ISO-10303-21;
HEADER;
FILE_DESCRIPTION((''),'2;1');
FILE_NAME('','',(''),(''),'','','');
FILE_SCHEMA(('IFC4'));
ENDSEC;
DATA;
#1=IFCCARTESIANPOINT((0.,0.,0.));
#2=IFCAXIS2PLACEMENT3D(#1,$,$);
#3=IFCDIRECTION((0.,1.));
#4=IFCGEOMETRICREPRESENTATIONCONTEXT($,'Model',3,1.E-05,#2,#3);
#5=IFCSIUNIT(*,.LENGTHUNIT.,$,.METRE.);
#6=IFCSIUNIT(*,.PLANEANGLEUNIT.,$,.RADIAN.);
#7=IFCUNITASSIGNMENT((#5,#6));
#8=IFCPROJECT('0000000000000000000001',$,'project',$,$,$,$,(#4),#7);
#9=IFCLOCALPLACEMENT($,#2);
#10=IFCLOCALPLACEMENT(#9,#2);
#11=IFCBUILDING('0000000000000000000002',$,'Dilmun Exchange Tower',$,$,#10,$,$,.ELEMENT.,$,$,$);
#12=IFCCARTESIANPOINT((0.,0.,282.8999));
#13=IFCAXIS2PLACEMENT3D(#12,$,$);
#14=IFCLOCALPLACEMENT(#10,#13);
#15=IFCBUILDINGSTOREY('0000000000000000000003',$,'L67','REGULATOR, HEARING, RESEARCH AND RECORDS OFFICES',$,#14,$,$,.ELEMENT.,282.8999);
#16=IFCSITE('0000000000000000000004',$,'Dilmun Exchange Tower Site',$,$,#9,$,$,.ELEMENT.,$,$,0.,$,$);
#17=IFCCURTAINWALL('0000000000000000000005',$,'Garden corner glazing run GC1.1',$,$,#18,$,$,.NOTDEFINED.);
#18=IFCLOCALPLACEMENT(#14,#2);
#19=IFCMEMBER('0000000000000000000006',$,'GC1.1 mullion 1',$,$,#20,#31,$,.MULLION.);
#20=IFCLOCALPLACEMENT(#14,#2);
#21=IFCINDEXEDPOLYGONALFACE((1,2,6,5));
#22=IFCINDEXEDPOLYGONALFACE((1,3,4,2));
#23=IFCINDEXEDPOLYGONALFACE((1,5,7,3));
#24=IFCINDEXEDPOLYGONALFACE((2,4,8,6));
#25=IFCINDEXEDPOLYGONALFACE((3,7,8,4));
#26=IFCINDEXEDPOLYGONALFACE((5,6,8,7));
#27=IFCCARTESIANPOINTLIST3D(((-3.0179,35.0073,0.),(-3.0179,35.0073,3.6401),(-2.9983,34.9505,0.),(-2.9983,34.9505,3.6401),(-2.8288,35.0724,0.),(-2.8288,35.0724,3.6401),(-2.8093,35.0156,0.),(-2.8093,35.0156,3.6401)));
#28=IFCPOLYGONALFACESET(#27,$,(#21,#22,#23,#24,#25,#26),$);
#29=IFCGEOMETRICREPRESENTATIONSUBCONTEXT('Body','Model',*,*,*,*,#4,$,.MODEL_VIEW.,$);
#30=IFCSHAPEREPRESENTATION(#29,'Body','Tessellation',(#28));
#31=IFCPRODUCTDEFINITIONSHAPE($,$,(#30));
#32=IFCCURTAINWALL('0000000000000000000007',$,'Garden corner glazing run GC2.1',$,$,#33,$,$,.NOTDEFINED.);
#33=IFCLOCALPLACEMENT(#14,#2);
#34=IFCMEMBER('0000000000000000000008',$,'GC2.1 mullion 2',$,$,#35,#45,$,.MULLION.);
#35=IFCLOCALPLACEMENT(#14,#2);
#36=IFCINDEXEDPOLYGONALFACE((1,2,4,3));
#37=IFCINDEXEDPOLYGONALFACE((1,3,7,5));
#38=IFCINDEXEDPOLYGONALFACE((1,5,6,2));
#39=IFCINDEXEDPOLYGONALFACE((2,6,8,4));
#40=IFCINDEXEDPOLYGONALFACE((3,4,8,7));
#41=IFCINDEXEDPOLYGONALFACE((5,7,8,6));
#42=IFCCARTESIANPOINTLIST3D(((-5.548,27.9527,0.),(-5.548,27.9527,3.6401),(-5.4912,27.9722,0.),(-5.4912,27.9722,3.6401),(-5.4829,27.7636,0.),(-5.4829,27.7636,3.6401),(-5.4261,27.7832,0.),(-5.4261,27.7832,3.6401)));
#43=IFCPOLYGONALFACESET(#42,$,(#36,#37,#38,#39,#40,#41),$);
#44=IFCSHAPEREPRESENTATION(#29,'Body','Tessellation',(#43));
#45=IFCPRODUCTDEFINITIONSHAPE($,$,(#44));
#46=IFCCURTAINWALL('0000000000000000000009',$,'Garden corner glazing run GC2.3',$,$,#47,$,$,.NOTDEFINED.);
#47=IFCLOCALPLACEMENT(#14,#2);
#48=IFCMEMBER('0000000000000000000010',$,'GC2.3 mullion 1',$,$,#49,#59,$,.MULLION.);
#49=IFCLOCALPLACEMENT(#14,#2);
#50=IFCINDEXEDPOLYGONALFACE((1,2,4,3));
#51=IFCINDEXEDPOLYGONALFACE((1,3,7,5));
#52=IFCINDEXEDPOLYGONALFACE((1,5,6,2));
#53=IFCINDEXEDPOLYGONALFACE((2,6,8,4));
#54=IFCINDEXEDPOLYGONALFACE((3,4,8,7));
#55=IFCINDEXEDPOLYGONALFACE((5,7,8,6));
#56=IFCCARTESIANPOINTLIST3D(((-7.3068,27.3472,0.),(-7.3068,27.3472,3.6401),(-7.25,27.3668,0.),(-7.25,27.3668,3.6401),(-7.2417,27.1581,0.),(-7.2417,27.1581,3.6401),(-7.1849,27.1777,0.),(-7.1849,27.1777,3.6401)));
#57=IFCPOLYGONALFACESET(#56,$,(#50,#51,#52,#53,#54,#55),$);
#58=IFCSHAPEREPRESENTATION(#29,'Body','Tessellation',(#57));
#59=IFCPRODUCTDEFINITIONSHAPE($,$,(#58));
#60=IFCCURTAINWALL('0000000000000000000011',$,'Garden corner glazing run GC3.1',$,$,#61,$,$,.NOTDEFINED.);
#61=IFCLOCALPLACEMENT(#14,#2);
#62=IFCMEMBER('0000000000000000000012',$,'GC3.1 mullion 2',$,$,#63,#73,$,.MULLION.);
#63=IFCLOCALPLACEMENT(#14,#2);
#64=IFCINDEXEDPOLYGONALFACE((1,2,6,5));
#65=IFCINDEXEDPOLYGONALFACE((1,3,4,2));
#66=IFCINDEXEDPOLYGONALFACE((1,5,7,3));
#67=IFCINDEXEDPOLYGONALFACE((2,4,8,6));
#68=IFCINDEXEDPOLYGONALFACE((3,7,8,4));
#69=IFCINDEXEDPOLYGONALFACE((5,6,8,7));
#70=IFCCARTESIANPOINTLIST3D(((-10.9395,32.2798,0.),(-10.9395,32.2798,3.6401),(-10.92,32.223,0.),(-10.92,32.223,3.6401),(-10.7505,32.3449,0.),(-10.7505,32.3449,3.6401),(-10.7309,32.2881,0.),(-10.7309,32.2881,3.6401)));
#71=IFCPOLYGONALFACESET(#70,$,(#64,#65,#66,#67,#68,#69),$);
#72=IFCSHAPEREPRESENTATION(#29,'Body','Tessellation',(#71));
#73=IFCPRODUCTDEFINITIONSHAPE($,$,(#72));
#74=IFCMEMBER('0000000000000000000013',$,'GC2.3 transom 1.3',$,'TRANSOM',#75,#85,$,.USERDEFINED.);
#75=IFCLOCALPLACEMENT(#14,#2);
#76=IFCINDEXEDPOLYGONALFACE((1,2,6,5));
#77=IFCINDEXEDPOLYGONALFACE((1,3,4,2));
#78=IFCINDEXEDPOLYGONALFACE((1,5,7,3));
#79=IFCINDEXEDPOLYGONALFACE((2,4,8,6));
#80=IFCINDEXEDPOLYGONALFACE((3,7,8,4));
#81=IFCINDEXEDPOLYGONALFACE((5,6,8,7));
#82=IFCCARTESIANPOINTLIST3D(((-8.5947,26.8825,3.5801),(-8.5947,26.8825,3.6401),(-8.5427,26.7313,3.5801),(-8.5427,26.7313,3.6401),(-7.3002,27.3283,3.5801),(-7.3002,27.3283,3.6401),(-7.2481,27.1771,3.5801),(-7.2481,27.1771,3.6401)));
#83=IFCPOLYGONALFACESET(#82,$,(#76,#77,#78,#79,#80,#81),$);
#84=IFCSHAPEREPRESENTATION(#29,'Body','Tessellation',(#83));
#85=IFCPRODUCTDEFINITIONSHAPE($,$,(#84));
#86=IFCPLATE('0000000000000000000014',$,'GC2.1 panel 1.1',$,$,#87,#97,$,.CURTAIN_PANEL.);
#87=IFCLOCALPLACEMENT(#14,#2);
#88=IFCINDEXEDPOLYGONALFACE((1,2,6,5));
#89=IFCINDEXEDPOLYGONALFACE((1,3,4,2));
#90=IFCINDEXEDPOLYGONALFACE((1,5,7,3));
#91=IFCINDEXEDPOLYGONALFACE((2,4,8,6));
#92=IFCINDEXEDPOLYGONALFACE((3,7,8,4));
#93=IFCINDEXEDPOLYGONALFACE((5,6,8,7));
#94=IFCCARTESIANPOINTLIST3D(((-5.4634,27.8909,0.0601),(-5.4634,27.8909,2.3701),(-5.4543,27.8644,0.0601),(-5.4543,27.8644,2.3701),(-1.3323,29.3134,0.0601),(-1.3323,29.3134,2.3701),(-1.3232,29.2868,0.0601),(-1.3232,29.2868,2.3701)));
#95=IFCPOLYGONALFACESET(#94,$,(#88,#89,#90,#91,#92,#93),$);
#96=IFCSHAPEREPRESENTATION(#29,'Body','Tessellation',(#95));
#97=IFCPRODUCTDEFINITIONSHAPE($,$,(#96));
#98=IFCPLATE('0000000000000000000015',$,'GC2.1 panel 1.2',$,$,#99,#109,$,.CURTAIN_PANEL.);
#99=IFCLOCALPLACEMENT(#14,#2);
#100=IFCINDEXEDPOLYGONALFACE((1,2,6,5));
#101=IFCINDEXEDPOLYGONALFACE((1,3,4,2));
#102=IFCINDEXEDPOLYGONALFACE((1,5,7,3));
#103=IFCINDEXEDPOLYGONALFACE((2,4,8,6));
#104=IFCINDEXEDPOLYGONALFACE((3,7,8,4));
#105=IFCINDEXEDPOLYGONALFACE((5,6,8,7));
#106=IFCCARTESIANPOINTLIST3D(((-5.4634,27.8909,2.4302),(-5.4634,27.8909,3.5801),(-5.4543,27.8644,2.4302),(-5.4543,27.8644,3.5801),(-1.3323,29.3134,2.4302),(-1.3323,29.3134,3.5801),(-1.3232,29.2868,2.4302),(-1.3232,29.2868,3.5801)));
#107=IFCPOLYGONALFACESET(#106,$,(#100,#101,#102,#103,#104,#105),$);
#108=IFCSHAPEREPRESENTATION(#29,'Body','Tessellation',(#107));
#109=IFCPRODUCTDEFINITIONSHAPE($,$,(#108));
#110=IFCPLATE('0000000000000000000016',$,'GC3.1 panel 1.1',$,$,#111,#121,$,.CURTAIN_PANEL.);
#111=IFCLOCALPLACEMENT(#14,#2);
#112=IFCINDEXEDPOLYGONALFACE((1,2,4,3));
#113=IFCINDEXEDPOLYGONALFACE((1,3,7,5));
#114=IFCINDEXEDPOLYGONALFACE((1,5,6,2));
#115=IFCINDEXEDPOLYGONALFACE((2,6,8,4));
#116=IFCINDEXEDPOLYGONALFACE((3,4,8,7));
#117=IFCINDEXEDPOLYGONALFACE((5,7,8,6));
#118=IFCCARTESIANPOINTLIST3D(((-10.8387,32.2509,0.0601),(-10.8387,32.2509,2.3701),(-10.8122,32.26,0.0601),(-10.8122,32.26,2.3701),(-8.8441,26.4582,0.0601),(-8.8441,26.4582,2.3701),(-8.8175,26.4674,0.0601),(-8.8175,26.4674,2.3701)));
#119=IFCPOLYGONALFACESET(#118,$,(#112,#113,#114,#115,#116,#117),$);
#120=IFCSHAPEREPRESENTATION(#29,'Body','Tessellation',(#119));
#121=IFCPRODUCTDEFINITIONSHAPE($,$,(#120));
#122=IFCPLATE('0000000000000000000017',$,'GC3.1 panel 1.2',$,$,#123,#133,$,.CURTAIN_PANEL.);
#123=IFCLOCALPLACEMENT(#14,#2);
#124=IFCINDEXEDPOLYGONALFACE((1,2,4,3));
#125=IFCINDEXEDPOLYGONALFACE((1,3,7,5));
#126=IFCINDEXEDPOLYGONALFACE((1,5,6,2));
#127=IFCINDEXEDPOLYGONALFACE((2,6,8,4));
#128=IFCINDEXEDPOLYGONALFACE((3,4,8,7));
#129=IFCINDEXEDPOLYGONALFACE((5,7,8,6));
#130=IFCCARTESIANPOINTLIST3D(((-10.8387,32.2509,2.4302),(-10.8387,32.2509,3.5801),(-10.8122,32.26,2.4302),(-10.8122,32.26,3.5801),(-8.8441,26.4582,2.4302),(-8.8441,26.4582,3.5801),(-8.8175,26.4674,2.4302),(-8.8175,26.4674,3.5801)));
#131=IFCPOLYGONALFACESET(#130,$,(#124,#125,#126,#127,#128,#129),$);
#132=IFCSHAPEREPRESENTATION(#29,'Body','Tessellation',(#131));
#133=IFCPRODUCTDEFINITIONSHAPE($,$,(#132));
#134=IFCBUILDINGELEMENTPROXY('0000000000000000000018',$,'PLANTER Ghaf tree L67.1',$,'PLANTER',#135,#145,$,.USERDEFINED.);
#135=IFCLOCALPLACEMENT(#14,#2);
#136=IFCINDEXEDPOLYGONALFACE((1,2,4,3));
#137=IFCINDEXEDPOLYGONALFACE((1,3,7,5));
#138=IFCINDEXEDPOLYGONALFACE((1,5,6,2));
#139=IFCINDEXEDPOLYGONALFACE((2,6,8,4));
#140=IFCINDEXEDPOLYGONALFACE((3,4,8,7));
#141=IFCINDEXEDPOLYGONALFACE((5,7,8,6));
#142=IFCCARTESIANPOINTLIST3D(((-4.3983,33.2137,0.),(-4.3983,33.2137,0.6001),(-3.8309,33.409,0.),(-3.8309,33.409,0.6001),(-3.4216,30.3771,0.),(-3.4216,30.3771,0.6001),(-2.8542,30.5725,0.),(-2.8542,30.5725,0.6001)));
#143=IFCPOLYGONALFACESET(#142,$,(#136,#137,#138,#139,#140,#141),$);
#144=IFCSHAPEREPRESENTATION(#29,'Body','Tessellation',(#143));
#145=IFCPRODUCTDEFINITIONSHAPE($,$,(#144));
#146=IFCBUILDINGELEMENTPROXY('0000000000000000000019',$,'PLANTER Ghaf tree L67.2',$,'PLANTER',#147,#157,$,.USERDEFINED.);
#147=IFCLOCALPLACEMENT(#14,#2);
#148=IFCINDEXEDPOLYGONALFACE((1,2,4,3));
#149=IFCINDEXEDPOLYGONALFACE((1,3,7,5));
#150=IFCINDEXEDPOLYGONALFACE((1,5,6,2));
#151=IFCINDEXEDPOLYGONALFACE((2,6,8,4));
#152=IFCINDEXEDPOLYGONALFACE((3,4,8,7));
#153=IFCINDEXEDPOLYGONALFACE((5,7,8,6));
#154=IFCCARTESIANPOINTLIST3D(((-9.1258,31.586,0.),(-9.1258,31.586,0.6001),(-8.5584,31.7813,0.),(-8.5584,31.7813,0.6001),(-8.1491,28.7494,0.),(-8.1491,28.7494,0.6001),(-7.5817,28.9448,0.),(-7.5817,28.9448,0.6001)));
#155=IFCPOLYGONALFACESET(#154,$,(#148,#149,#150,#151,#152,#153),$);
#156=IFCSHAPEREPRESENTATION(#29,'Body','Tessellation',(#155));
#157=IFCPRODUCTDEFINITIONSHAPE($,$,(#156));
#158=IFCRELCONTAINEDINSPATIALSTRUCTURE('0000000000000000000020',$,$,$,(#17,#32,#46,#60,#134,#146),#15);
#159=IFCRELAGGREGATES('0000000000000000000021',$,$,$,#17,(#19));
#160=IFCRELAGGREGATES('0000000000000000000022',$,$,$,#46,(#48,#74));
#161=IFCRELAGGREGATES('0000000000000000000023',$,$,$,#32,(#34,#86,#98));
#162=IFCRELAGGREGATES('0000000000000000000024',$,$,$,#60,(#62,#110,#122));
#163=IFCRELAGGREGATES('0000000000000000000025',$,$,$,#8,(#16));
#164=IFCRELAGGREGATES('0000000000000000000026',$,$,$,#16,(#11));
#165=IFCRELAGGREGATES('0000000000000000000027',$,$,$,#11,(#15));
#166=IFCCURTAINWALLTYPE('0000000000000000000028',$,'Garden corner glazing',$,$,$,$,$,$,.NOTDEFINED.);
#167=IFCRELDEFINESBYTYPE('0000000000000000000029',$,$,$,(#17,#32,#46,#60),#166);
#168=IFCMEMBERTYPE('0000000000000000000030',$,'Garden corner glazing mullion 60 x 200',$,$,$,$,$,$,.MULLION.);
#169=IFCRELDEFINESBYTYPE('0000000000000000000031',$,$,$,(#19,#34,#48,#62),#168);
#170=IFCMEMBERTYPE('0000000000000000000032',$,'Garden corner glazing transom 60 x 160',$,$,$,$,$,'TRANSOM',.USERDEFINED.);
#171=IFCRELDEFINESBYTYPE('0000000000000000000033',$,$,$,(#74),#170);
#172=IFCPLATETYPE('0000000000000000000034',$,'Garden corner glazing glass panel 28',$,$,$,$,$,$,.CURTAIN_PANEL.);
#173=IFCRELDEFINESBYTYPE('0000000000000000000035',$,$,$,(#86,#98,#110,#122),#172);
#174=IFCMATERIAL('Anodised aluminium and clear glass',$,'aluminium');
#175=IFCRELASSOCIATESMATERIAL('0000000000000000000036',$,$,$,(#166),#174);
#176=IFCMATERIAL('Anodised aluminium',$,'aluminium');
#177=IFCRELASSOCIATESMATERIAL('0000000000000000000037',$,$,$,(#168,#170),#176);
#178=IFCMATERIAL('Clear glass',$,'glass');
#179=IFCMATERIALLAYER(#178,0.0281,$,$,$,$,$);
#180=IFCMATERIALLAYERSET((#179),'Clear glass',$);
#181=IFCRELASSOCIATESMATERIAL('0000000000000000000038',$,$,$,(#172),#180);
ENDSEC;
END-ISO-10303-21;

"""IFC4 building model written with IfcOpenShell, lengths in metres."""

from ifc_helpers import new_model, si_unit, direction, frame, origin, origin_2d, place, context, subcontext, project, spatial, rectangle, extrude, material, layer, layer_set, material_profile, profile_set, type_object, element, aggregate, save


model = new_model("IFC4")

# Units and contexts
model_context = context("Model", 3, precision=1e-05, world=origin(), true_north=direction((0.0, 1.0)))
body_context = subcontext(model_context, "Body", "Model", "MODEL_VIEW")
ifc_project = project(units=[si_unit("LENGTHUNIT", "METRE"), si_unit("PLANEANGLEUNIT", "RADIAN")], contexts=[model_context])

# Site, building, storey
site_placement = place(None, origin())
site = spatial("IfcSite", under=ifc_project, at=site_placement, Name="Dilmun Exchange Tower Site", CompositionType="ELEMENT", RefElevation=0.0)
building_placement = place(site_placement, origin())
building = spatial("IfcBuilding", under=site, at=building_placement, Name="Dilmun Exchange Tower", CompositionType="ELEMENT")
storey_placement = place(building_placement, frame((0.0, 0.0, 282.8999)))
storey = spatial("IfcBuildingStorey", under=building, at=storey_placement, Name="L67", Description="REGULATOR, HEARING, RESEARCH AND RECORDS OFFICES", CompositionType="ELEMENT", Elevation=282.8999)

# Curtain walls, members
ifc_material_1 = material(Name="Anodised aluminium and clear glass", Category="aluminium")
curtain_wall_type = type_object("IfcCurtainWallType", Name="Garden corner glazing", PredefinedType="NOTDEFINED", material=ifc_material_1)
curtain_wall_1_placement = place(storey_placement, origin())
curtain_wall_1 = element("IfcCurtainWall", 1, at=curtain_wall_1_placement, inside=storey, type_object=curtain_wall_type, Name="Garden corner glazing run GC1.1", PredefinedType="NOTDEFINED")
ifc_material_2 = material(Name="Anodised aluminium", Category="aluminium")
ifc_material_profile_1 = material_profile(ifc_material_2, rectangle(XDim=0.2, YDim=0.0601, at=origin_2d()), Name="AL 60x200")
ifc_profile_set_1 = profile_set([ifc_material_profile_1], Name="Anodised aluminium")
member_type_1 = type_object("IfcMemberType", Name="Garden corner glazing mullion 60 x 200", PredefinedType="MULLION", material=ifc_profile_set_1)
member_1_placement = place(storey_placement, frame((-2.9136, 35.0115, 0.0), z_axis=(0.0, 0.0, 1.0), x_axis=(0.945515, 0.325578, 0.0)))
member_1 = element("IfcMember", 2, at=member_1_placement, type_object=member_type_1, Name="GC1.1 mullion 1", PredefinedType="MULLION", context=body_context, shape_type="SweptSolid", body=[
    extrude(rectangle(XDim=0.2, YDim=0.0601, at=origin_2d()), origin(), (0.0, 0.0, 1.0), 3.6401),
])
aggregate(curtain_wall_1, [member_1])
curtain_wall_2_placement = place(storey_placement, origin())
curtain_wall_2 = element("IfcCurtainWall", 3, at=curtain_wall_2_placement, inside=storey, type_object=curtain_wall_type, Name="Garden corner glazing run GC2.1", PredefinedType="NOTDEFINED")
member_2_placement = place(storey_placement, frame((-5.4871, 27.8679, 0.0), z_axis=(0.0, 0.0, 1.0), x_axis=(0.325562, -0.945521, 0.0)))
member_2 = element("IfcMember", 4, at=member_2_placement, type_object=member_type_1, Name="GC2.1 mullion 2", PredefinedType="MULLION", context=body_context, shape_type="SweptSolid", body=[
    extrude(rectangle(XDim=0.2, YDim=0.0601, at=origin_2d()), origin(), (0.0, 0.0, 1.0), 3.6401),
])
curtain_wall_3_placement = place(storey_placement, origin())
curtain_wall_3 = element("IfcCurtainWall", 5, at=curtain_wall_3_placement, inside=storey, type_object=curtain_wall_type, Name="Garden corner glazing run GC2.3", PredefinedType="NOTDEFINED")
member_3_placement = place(storey_placement, frame((-7.2458, 27.2625, 0.0), z_axis=(0.0, 0.0, 1.0), x_axis=(0.32556, -0.945521, 0.0)))
member_3 = element("IfcMember", 6, at=member_3_placement, type_object=member_type_1, Name="GC2.3 mullion 1", PredefinedType="MULLION", context=body_context, shape_type="SweptSolid", body=[
    extrude(rectangle(XDim=0.2, YDim=0.0601, at=origin_2d()), origin(), (0.0, 0.0, 1.0), 3.6401),
])
curtain_wall_4_placement = place(storey_placement, origin())
curtain_wall_4 = element("IfcCurtainWall", 7, at=curtain_wall_4_placement, inside=storey, type_object=curtain_wall_type, Name="Garden corner glazing run GC3.1", PredefinedType="NOTDEFINED")
member_4_placement = place(storey_placement, frame((-10.8352, 32.2839, 0.0), z_axis=(0.0, 0.0, 1.0), x_axis=(-0.945517, -0.325573, 0.0)))
member_4 = element("IfcMember", 8, at=member_4_placement, type_object=member_type_1, Name="GC3.1 mullion 2", PredefinedType="MULLION", context=body_context, shape_type="SweptSolid", body=[
    extrude(rectangle(XDim=0.2, YDim=0.0601, at=origin_2d()), origin(), (0.0, 0.0, 1.0), 3.6401),
])

# Member
ifc_material_profile_2 = material_profile(ifc_material_2, rectangle(XDim=0.1599, YDim=0.0601, at=origin_2d()), Name="AL 60x160")
ifc_profile_set_2 = profile_set([ifc_material_profile_2], Name="Anodised aluminium")
member_type_2 = type_object("IfcMemberType", Name="Garden corner glazing transom 60 x 160", ElementType="TRANSOM", PredefinedType="USERDEFINED", material=ifc_profile_set_2)
member_5_placement = place(storey_placement, frame((-7.2742, 27.2527, 3.6101), z_axis=(-0.945498, -0.325628, 0.0), x_axis=(0.325628, -0.945498, 0.0)))
member_5 = element("IfcMember", 9, at=member_5_placement, type_object=member_type_2, Name="GC2.3 transom 1.3", ObjectType="TRANSOM", PredefinedType="USERDEFINED", context=body_context, shape_type="SweptSolid", body=[
    extrude(rectangle(XDim=0.1599, YDim=0.0601, at=origin_2d()), origin(), (0.0, 0.0, 1.0), 1.3691),
])
aggregate(curtain_wall_3, [member_3, member_5])

# Plates
ifc_material_3 = material(Name="Clear glass", Category="glass")
ifc_layer_1 = layer(ifc_material_3, 0.0281)
ifc_layer_set_1 = layer_set([ifc_layer_1], Name="Clear glass")
plate_type = type_object("IfcPlateType", Name="Garden corner glazing glass panel 28", PredefinedType="CURTAIN_PANEL", material=ifc_layer_set_1)
plate_1_placement = place(storey_placement, frame((-3.3933, 28.5889, 0.0601), z_axis=(0.0, 0.0, 1.0), x_axis=(-0.945521, -0.325562, 0.0)))
plate_1 = element("IfcPlate", 10, at=plate_1_placement, type_object=plate_type, Name="GC2.1 panel 1.1", PredefinedType="CURTAIN_PANEL", context=body_context, shape_type="SweptSolid", body=[
    extrude(rectangle(XDim=4.3691, YDim=0.0281, at=origin_2d()), origin(), (0.0, 0.0, 1.0), 2.3101),
])
plate_2_placement = place(storey_placement, frame((-3.3933, 28.5889, 2.4302), z_axis=(0.0, 0.0, 1.0), x_axis=(-0.945521, -0.325562, 0.0)))
plate_2 = element("IfcPlate", 11, at=plate_2_placement, type_object=plate_type, Name="GC2.1 panel 1.2", PredefinedType="CURTAIN_PANEL", context=body_context, shape_type="SweptSolid", body=[
    extrude(rectangle(XDim=4.3691, YDim=0.0281, at=origin_2d()), origin(), (0.0, 0.0, 1.0), 1.1499),
])
aggregate(curtain_wall_2, [member_2, plate_1, plate_2])
plate_3_placement = place(storey_placement, frame((-9.8281, 29.3591, 0.0601), z_axis=(0.0, 0.0, 1.0), x_axis=(-0.325573, 0.945517, 0.0)))
plate_3 = element("IfcPlate", 12, at=plate_3_placement, type_object=plate_type, Name="GC3.1 panel 1.1", PredefinedType="CURTAIN_PANEL", context=body_context, shape_type="SweptSolid", body=[
    extrude(rectangle(XDim=6.1265, YDim=0.0281, at=origin_2d()), origin(), (0.0, 0.0, 1.0), 2.3101),
])
plate_4_placement = place(storey_placement, frame((-9.8281, 29.3591, 2.4302), z_axis=(0.0, 0.0, 1.0), x_axis=(-0.325573, 0.945517, 0.0)))
plate_4 = element("IfcPlate", 13, at=plate_4_placement, type_object=plate_type, Name="GC3.1 panel 1.2", PredefinedType="CURTAIN_PANEL", context=body_context, shape_type="SweptSolid", body=[
    extrude(rectangle(XDim=6.1265, YDim=0.0281, at=origin_2d()), origin(), (0.0, 0.0, 1.0), 1.1499),
])
aggregate(curtain_wall_4, [member_4, plate_3, plate_4])

# Building element proxies
for number, where, z_axis, x_axis, name in (
    (14, (-3.6262, 31.8931, 0.0), (0.0, 0.0, 1.0), (-0.325568, 0.945519, 0.0), "PLANTER Ghaf tree L67.1"),
    (15, (-8.3538, 30.2654, 0.0), (0.0, 0.0, 1.0), (-0.325568, 0.945519, 0.0), "PLANTER Ghaf tree L67.2"),
):
    element("IfcBuildingElementProxy", number, at=place(storey_placement, frame(where, z_axis=z_axis, x_axis=x_axis)), inside=storey, Name=name, ObjectType="PLANTER", PredefinedType="USERDEFINED", context=body_context, shape_type="SweptSolid", body=[
        extrude(rectangle(XDim=3.0, YDim=0.6001, at=origin_2d()), origin(), (0.0, 0.0, 1.0), 0.6001),
    ])

save(model, "model.ifc")
